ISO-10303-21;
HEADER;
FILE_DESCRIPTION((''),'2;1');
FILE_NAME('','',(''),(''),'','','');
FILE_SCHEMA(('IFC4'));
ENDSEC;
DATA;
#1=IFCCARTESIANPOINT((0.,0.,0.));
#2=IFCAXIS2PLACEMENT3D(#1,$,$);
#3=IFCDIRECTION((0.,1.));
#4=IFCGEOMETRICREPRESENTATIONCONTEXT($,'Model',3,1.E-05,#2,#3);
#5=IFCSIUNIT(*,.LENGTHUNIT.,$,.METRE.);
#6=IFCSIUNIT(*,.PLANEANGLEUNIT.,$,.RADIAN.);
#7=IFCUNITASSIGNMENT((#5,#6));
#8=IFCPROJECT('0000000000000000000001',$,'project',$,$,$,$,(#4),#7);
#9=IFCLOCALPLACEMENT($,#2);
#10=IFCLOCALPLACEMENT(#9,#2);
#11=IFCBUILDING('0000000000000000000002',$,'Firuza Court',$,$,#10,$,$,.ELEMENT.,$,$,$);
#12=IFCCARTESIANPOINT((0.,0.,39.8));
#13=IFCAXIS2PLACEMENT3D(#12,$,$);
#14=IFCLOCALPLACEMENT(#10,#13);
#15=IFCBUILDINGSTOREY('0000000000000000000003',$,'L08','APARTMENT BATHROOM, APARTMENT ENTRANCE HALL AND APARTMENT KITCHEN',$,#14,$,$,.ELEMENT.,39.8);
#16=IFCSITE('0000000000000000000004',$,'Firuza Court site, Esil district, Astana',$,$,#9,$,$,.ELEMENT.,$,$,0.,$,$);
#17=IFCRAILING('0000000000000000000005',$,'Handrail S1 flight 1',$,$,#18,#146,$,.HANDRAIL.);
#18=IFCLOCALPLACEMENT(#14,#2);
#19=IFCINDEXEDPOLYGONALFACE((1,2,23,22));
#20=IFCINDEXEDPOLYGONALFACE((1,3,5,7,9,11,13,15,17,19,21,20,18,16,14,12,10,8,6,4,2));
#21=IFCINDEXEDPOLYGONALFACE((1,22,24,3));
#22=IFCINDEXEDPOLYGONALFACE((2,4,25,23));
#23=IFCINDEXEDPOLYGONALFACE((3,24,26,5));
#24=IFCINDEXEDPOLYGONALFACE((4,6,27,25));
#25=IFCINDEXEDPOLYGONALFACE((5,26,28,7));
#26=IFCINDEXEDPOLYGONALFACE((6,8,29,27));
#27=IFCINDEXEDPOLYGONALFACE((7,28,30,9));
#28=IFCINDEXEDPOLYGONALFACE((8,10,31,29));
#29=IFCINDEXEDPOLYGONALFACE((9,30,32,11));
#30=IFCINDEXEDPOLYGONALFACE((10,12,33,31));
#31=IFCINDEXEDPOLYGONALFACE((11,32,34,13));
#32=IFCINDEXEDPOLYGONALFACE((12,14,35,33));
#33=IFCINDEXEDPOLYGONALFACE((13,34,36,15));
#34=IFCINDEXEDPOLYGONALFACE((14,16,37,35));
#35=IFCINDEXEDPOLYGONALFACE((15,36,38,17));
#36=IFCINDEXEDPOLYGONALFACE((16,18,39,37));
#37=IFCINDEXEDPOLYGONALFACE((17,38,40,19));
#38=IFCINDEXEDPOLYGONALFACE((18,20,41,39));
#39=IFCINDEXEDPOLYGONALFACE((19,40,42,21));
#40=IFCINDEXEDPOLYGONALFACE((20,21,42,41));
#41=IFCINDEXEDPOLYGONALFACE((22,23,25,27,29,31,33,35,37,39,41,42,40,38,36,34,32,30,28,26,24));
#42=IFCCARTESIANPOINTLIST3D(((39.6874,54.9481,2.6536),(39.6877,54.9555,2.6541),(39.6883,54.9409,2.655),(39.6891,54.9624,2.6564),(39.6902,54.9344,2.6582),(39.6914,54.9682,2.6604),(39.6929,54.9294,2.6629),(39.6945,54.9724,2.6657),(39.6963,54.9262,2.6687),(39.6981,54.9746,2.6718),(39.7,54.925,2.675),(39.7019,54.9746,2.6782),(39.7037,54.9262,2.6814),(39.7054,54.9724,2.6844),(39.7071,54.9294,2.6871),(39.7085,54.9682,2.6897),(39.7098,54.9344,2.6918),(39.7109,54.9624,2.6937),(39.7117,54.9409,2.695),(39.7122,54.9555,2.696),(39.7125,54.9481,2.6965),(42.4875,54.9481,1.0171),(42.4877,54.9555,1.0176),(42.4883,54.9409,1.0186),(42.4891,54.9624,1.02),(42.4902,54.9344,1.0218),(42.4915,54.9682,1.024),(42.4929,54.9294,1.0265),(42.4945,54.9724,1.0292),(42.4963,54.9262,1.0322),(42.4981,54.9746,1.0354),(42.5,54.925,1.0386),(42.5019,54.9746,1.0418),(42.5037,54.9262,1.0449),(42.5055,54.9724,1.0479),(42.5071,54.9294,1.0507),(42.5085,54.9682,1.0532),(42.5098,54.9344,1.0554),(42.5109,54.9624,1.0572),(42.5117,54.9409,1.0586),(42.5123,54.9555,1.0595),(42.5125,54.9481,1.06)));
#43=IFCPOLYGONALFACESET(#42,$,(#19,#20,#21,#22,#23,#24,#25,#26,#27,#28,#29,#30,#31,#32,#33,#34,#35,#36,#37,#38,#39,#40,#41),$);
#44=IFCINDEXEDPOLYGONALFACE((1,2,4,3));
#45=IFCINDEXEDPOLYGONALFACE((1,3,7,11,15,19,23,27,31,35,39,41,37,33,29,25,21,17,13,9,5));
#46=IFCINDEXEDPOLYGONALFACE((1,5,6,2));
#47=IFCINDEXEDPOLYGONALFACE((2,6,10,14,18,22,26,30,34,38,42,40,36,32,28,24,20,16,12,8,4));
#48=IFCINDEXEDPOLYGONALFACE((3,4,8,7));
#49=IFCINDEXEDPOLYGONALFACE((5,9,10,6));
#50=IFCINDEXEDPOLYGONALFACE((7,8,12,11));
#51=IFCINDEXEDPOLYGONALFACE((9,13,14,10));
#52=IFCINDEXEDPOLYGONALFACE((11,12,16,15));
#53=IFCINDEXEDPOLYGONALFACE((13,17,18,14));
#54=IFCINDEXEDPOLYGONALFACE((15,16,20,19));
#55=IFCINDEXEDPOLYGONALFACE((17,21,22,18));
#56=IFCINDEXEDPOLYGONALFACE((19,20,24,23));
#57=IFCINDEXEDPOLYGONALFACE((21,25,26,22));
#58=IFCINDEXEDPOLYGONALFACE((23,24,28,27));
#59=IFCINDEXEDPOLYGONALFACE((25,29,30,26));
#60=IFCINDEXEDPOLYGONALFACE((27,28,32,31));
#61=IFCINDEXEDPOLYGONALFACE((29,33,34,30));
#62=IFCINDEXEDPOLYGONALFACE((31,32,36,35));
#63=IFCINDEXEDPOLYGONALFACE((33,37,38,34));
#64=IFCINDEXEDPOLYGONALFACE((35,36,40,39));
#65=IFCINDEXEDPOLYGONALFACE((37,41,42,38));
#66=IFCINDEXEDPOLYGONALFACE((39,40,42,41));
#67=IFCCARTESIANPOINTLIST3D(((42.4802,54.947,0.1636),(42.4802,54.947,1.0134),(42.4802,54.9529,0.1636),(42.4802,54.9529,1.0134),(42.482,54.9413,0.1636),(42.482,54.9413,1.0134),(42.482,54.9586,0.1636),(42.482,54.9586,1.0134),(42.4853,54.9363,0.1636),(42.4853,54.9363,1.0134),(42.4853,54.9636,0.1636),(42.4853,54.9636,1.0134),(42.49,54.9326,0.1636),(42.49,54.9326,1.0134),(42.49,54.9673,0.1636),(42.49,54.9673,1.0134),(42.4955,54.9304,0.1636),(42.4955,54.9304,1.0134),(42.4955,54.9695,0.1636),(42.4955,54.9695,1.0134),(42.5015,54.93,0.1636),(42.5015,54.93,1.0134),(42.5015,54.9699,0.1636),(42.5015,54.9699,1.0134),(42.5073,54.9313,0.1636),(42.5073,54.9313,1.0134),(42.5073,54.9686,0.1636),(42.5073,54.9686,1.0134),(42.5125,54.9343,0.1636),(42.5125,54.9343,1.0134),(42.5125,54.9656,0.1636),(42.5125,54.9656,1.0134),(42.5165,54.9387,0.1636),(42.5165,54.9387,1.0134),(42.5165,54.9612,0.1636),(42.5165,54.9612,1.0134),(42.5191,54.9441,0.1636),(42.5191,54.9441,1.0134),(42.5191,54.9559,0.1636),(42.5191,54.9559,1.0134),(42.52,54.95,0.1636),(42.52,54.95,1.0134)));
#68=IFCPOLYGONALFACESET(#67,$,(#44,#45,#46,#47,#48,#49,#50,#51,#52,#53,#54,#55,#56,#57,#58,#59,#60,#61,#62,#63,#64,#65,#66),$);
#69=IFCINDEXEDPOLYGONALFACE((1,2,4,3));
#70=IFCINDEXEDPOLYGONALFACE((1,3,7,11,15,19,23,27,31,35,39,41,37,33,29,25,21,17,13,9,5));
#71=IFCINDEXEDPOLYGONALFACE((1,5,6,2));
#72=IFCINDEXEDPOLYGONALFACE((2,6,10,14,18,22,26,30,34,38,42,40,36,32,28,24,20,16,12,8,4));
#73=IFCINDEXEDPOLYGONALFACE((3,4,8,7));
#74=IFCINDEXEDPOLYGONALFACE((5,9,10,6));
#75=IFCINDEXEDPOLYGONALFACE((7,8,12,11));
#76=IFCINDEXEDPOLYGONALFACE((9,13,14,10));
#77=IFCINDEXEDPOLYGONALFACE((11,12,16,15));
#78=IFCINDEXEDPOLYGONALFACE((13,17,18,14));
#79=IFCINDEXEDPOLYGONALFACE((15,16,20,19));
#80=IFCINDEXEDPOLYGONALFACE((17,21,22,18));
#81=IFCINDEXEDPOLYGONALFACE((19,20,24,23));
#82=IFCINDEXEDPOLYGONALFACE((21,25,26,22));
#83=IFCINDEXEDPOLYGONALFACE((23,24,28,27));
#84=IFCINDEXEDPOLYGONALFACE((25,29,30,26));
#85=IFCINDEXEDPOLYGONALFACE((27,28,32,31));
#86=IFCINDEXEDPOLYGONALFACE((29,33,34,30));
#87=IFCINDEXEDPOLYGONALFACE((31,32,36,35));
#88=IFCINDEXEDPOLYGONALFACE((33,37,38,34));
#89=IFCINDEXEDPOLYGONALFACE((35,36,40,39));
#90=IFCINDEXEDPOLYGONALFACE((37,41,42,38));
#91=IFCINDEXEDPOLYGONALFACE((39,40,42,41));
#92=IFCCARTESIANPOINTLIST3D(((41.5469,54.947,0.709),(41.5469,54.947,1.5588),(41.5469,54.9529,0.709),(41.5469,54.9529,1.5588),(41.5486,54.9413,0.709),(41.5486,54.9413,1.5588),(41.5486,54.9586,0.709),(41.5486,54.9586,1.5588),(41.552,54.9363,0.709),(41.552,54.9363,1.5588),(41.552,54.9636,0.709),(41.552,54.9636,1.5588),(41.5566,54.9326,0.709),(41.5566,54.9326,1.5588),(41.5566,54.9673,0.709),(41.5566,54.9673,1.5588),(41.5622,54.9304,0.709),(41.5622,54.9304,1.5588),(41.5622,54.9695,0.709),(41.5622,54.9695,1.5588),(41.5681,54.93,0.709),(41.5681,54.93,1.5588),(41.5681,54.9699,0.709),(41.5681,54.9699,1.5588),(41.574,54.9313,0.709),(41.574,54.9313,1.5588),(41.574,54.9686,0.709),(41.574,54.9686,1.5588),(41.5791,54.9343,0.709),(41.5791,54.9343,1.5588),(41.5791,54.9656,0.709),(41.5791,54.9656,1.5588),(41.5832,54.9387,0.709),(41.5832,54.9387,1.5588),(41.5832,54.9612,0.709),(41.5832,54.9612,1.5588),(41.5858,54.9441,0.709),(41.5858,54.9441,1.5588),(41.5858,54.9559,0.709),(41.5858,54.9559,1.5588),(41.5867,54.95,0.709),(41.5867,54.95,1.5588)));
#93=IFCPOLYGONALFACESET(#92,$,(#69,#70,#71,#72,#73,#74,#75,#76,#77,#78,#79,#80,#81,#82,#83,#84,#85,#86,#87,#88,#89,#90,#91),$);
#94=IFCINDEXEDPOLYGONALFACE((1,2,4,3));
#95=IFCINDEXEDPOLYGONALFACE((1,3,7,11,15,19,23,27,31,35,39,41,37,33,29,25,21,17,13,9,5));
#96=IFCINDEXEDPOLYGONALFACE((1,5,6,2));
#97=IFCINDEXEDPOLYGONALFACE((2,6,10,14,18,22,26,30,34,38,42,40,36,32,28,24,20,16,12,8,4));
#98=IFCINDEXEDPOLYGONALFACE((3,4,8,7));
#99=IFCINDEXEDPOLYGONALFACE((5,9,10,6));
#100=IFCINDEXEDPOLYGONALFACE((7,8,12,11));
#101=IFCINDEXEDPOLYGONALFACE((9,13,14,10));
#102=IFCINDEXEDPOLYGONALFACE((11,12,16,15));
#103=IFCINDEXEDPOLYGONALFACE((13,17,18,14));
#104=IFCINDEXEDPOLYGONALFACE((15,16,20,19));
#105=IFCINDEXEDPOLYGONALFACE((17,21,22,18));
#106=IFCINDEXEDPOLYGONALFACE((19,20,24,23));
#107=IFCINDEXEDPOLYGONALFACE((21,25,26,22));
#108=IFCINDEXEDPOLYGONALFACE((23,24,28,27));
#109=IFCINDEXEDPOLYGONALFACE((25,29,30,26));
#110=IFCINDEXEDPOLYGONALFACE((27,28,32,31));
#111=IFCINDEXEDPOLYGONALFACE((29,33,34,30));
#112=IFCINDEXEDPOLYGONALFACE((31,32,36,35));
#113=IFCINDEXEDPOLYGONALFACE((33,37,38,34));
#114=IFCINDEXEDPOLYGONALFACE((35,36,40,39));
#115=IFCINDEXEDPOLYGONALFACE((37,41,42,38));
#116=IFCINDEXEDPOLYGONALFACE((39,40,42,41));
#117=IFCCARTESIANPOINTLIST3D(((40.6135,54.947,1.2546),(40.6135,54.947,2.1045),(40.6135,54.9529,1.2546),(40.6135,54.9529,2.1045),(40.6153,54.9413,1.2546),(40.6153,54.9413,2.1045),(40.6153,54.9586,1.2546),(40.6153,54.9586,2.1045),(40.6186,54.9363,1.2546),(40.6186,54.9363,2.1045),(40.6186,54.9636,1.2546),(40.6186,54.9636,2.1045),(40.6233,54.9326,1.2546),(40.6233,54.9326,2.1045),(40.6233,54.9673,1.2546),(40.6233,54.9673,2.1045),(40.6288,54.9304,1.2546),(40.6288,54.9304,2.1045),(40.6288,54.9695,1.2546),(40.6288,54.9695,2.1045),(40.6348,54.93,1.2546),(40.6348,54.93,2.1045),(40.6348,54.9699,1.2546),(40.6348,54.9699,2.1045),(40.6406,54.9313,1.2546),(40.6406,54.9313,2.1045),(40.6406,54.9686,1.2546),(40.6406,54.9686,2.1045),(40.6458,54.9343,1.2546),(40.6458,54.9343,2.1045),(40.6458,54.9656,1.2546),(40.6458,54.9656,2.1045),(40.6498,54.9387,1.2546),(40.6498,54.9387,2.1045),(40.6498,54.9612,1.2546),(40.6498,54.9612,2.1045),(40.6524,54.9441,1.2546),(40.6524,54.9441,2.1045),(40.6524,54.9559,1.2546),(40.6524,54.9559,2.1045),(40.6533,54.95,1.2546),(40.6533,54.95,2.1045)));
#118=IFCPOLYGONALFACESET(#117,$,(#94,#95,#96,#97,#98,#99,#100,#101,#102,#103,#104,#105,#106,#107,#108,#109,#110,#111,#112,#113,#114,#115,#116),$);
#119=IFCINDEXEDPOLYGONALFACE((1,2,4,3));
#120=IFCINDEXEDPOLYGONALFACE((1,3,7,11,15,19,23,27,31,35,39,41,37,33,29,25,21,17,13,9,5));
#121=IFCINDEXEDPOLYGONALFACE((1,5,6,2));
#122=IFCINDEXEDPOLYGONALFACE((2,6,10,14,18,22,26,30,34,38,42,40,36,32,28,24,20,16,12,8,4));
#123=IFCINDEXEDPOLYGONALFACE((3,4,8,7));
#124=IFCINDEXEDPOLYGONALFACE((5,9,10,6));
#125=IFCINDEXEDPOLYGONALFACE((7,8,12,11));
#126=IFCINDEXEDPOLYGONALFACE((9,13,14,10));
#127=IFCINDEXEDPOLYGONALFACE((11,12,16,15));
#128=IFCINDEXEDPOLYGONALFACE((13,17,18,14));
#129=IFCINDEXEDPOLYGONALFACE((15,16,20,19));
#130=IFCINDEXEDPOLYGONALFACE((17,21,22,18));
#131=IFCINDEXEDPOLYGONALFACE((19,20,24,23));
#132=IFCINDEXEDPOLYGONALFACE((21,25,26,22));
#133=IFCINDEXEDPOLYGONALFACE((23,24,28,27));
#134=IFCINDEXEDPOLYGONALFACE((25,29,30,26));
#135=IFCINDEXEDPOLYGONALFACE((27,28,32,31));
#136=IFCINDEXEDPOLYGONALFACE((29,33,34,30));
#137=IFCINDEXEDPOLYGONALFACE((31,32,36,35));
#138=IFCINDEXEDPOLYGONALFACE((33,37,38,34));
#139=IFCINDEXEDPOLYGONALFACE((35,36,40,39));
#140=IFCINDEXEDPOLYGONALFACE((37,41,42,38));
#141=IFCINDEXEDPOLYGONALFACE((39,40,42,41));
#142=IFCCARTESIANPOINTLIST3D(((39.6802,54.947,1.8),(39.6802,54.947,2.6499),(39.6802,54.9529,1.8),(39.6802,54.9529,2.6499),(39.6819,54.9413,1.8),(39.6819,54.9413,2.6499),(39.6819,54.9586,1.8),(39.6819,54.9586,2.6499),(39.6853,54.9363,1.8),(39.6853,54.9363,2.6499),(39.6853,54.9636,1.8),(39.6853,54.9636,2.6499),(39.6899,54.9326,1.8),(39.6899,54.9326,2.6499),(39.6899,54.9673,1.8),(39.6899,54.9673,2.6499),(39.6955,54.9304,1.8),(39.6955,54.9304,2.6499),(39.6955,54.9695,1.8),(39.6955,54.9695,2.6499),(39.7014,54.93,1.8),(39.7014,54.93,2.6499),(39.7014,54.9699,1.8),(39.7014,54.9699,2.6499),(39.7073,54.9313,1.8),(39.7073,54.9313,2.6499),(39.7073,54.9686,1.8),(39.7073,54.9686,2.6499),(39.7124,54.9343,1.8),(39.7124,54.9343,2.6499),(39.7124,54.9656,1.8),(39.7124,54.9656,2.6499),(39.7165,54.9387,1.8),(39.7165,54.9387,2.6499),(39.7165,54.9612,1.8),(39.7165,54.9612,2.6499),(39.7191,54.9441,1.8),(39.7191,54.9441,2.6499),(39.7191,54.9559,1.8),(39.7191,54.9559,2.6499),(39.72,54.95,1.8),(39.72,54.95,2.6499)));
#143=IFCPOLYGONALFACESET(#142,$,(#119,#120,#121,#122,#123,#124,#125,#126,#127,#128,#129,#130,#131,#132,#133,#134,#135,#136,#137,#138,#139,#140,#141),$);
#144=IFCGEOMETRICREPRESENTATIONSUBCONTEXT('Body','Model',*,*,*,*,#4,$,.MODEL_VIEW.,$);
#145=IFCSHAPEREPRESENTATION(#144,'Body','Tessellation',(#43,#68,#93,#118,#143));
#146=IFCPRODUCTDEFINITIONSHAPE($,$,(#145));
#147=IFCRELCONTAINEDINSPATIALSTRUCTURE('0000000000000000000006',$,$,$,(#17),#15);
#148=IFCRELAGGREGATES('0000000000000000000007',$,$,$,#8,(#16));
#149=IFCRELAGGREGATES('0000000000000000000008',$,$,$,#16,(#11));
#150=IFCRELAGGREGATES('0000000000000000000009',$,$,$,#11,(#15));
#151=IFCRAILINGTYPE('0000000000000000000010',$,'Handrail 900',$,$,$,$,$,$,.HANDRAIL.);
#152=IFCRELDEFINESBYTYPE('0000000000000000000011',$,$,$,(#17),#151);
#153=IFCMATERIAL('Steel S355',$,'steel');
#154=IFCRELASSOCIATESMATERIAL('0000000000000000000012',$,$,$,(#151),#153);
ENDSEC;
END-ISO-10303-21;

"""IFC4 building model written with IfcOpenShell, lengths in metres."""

from ifc_helpers import new_model, si_unit, direction, frame, origin, origin_2d, place, context, subcontext, project, spatial, circle, extrude, material, type_object, element, save


model = new_model("IFC4")

# Units and contexts
model_context = context("Model", 3, precision=1e-05, world=origin(), true_north=direction((0.0, 1.0)))
body_context = subcontext(model_context, "Body", "Model", "MODEL_VIEW")
ifc_project = project(units=[si_unit("LENGTHUNIT", "METRE"), si_unit("PLANEANGLEUNIT", "RADIAN")], contexts=[model_context])

# Site, building, storey
site_placement = place(None, origin())
site = spatial("IfcSite", under=ifc_project, at=site_placement, Name="Firuza Court site, Esil district, Astana", CompositionType="ELEMENT", RefElevation=0.0)
building_placement = place(site_placement, origin())
building = spatial("IfcBuilding", under=site, at=building_placement, Name="Firuza Court", CompositionType="ELEMENT")
storey_placement = place(building_placement, frame((0.0, 0.0, 39.8)))
storey = spatial("IfcBuildingStorey", under=building, at=storey_placement, Name="L08", Description="APARTMENT BATHROOM, APARTMENT ENTRANCE HALL AND APARTMENT KITCHEN", CompositionType="ELEMENT", Elevation=39.8)

# Railing
ifc_material_1 = material(Name="Steel S355", Category="steel")
railing_type_1 = type_object("IfcRailingType", Name="Handrail 900", PredefinedType="HANDRAIL", material=ifc_material_1)
railing_1_placement = place(storey_placement, frame((42.5, 54.95, 0.1636)))
element("IfcRailing", 1, at=railing_1_placement, inside=storey, type_object=railing_type_1, Name="Handrail S1 flight 1", PredefinedType="HANDRAIL", context=body_context, shape_type="SweptSolid", body=[
    extrude(circle(Radius=0.0249, at=origin_2d()), frame((0.0, 0.0, 0.875), z_axis=(-0.863361, 0.0, 0.504587), x_axis=(0.0, -1.0, 0.0)), (0.0, 0.0, 1.0), 3.2432),
    extrude(circle(Radius=0.02, at=origin_2d()), origin(), (0.0, 0.0, 1.0), 0.8499),
    extrude(circle(Radius=0.02, at=origin_2d()), frame((-0.9333, 0.0, 0.5454)), (0.0, 0.0, 1.0), 0.8499),
    extrude(circle(Radius=0.02, at=origin_2d()), frame((-1.8667, 0.0, 1.0911)), (0.0, 0.0, 1.0), 0.8499),
    extrude(circle(Radius=0.02, at=origin_2d()), frame((-2.8, 0.0, 1.6365)), (0.0, 0.0, 1.0), 0.8499),
])

save(model, "model.ifc")
